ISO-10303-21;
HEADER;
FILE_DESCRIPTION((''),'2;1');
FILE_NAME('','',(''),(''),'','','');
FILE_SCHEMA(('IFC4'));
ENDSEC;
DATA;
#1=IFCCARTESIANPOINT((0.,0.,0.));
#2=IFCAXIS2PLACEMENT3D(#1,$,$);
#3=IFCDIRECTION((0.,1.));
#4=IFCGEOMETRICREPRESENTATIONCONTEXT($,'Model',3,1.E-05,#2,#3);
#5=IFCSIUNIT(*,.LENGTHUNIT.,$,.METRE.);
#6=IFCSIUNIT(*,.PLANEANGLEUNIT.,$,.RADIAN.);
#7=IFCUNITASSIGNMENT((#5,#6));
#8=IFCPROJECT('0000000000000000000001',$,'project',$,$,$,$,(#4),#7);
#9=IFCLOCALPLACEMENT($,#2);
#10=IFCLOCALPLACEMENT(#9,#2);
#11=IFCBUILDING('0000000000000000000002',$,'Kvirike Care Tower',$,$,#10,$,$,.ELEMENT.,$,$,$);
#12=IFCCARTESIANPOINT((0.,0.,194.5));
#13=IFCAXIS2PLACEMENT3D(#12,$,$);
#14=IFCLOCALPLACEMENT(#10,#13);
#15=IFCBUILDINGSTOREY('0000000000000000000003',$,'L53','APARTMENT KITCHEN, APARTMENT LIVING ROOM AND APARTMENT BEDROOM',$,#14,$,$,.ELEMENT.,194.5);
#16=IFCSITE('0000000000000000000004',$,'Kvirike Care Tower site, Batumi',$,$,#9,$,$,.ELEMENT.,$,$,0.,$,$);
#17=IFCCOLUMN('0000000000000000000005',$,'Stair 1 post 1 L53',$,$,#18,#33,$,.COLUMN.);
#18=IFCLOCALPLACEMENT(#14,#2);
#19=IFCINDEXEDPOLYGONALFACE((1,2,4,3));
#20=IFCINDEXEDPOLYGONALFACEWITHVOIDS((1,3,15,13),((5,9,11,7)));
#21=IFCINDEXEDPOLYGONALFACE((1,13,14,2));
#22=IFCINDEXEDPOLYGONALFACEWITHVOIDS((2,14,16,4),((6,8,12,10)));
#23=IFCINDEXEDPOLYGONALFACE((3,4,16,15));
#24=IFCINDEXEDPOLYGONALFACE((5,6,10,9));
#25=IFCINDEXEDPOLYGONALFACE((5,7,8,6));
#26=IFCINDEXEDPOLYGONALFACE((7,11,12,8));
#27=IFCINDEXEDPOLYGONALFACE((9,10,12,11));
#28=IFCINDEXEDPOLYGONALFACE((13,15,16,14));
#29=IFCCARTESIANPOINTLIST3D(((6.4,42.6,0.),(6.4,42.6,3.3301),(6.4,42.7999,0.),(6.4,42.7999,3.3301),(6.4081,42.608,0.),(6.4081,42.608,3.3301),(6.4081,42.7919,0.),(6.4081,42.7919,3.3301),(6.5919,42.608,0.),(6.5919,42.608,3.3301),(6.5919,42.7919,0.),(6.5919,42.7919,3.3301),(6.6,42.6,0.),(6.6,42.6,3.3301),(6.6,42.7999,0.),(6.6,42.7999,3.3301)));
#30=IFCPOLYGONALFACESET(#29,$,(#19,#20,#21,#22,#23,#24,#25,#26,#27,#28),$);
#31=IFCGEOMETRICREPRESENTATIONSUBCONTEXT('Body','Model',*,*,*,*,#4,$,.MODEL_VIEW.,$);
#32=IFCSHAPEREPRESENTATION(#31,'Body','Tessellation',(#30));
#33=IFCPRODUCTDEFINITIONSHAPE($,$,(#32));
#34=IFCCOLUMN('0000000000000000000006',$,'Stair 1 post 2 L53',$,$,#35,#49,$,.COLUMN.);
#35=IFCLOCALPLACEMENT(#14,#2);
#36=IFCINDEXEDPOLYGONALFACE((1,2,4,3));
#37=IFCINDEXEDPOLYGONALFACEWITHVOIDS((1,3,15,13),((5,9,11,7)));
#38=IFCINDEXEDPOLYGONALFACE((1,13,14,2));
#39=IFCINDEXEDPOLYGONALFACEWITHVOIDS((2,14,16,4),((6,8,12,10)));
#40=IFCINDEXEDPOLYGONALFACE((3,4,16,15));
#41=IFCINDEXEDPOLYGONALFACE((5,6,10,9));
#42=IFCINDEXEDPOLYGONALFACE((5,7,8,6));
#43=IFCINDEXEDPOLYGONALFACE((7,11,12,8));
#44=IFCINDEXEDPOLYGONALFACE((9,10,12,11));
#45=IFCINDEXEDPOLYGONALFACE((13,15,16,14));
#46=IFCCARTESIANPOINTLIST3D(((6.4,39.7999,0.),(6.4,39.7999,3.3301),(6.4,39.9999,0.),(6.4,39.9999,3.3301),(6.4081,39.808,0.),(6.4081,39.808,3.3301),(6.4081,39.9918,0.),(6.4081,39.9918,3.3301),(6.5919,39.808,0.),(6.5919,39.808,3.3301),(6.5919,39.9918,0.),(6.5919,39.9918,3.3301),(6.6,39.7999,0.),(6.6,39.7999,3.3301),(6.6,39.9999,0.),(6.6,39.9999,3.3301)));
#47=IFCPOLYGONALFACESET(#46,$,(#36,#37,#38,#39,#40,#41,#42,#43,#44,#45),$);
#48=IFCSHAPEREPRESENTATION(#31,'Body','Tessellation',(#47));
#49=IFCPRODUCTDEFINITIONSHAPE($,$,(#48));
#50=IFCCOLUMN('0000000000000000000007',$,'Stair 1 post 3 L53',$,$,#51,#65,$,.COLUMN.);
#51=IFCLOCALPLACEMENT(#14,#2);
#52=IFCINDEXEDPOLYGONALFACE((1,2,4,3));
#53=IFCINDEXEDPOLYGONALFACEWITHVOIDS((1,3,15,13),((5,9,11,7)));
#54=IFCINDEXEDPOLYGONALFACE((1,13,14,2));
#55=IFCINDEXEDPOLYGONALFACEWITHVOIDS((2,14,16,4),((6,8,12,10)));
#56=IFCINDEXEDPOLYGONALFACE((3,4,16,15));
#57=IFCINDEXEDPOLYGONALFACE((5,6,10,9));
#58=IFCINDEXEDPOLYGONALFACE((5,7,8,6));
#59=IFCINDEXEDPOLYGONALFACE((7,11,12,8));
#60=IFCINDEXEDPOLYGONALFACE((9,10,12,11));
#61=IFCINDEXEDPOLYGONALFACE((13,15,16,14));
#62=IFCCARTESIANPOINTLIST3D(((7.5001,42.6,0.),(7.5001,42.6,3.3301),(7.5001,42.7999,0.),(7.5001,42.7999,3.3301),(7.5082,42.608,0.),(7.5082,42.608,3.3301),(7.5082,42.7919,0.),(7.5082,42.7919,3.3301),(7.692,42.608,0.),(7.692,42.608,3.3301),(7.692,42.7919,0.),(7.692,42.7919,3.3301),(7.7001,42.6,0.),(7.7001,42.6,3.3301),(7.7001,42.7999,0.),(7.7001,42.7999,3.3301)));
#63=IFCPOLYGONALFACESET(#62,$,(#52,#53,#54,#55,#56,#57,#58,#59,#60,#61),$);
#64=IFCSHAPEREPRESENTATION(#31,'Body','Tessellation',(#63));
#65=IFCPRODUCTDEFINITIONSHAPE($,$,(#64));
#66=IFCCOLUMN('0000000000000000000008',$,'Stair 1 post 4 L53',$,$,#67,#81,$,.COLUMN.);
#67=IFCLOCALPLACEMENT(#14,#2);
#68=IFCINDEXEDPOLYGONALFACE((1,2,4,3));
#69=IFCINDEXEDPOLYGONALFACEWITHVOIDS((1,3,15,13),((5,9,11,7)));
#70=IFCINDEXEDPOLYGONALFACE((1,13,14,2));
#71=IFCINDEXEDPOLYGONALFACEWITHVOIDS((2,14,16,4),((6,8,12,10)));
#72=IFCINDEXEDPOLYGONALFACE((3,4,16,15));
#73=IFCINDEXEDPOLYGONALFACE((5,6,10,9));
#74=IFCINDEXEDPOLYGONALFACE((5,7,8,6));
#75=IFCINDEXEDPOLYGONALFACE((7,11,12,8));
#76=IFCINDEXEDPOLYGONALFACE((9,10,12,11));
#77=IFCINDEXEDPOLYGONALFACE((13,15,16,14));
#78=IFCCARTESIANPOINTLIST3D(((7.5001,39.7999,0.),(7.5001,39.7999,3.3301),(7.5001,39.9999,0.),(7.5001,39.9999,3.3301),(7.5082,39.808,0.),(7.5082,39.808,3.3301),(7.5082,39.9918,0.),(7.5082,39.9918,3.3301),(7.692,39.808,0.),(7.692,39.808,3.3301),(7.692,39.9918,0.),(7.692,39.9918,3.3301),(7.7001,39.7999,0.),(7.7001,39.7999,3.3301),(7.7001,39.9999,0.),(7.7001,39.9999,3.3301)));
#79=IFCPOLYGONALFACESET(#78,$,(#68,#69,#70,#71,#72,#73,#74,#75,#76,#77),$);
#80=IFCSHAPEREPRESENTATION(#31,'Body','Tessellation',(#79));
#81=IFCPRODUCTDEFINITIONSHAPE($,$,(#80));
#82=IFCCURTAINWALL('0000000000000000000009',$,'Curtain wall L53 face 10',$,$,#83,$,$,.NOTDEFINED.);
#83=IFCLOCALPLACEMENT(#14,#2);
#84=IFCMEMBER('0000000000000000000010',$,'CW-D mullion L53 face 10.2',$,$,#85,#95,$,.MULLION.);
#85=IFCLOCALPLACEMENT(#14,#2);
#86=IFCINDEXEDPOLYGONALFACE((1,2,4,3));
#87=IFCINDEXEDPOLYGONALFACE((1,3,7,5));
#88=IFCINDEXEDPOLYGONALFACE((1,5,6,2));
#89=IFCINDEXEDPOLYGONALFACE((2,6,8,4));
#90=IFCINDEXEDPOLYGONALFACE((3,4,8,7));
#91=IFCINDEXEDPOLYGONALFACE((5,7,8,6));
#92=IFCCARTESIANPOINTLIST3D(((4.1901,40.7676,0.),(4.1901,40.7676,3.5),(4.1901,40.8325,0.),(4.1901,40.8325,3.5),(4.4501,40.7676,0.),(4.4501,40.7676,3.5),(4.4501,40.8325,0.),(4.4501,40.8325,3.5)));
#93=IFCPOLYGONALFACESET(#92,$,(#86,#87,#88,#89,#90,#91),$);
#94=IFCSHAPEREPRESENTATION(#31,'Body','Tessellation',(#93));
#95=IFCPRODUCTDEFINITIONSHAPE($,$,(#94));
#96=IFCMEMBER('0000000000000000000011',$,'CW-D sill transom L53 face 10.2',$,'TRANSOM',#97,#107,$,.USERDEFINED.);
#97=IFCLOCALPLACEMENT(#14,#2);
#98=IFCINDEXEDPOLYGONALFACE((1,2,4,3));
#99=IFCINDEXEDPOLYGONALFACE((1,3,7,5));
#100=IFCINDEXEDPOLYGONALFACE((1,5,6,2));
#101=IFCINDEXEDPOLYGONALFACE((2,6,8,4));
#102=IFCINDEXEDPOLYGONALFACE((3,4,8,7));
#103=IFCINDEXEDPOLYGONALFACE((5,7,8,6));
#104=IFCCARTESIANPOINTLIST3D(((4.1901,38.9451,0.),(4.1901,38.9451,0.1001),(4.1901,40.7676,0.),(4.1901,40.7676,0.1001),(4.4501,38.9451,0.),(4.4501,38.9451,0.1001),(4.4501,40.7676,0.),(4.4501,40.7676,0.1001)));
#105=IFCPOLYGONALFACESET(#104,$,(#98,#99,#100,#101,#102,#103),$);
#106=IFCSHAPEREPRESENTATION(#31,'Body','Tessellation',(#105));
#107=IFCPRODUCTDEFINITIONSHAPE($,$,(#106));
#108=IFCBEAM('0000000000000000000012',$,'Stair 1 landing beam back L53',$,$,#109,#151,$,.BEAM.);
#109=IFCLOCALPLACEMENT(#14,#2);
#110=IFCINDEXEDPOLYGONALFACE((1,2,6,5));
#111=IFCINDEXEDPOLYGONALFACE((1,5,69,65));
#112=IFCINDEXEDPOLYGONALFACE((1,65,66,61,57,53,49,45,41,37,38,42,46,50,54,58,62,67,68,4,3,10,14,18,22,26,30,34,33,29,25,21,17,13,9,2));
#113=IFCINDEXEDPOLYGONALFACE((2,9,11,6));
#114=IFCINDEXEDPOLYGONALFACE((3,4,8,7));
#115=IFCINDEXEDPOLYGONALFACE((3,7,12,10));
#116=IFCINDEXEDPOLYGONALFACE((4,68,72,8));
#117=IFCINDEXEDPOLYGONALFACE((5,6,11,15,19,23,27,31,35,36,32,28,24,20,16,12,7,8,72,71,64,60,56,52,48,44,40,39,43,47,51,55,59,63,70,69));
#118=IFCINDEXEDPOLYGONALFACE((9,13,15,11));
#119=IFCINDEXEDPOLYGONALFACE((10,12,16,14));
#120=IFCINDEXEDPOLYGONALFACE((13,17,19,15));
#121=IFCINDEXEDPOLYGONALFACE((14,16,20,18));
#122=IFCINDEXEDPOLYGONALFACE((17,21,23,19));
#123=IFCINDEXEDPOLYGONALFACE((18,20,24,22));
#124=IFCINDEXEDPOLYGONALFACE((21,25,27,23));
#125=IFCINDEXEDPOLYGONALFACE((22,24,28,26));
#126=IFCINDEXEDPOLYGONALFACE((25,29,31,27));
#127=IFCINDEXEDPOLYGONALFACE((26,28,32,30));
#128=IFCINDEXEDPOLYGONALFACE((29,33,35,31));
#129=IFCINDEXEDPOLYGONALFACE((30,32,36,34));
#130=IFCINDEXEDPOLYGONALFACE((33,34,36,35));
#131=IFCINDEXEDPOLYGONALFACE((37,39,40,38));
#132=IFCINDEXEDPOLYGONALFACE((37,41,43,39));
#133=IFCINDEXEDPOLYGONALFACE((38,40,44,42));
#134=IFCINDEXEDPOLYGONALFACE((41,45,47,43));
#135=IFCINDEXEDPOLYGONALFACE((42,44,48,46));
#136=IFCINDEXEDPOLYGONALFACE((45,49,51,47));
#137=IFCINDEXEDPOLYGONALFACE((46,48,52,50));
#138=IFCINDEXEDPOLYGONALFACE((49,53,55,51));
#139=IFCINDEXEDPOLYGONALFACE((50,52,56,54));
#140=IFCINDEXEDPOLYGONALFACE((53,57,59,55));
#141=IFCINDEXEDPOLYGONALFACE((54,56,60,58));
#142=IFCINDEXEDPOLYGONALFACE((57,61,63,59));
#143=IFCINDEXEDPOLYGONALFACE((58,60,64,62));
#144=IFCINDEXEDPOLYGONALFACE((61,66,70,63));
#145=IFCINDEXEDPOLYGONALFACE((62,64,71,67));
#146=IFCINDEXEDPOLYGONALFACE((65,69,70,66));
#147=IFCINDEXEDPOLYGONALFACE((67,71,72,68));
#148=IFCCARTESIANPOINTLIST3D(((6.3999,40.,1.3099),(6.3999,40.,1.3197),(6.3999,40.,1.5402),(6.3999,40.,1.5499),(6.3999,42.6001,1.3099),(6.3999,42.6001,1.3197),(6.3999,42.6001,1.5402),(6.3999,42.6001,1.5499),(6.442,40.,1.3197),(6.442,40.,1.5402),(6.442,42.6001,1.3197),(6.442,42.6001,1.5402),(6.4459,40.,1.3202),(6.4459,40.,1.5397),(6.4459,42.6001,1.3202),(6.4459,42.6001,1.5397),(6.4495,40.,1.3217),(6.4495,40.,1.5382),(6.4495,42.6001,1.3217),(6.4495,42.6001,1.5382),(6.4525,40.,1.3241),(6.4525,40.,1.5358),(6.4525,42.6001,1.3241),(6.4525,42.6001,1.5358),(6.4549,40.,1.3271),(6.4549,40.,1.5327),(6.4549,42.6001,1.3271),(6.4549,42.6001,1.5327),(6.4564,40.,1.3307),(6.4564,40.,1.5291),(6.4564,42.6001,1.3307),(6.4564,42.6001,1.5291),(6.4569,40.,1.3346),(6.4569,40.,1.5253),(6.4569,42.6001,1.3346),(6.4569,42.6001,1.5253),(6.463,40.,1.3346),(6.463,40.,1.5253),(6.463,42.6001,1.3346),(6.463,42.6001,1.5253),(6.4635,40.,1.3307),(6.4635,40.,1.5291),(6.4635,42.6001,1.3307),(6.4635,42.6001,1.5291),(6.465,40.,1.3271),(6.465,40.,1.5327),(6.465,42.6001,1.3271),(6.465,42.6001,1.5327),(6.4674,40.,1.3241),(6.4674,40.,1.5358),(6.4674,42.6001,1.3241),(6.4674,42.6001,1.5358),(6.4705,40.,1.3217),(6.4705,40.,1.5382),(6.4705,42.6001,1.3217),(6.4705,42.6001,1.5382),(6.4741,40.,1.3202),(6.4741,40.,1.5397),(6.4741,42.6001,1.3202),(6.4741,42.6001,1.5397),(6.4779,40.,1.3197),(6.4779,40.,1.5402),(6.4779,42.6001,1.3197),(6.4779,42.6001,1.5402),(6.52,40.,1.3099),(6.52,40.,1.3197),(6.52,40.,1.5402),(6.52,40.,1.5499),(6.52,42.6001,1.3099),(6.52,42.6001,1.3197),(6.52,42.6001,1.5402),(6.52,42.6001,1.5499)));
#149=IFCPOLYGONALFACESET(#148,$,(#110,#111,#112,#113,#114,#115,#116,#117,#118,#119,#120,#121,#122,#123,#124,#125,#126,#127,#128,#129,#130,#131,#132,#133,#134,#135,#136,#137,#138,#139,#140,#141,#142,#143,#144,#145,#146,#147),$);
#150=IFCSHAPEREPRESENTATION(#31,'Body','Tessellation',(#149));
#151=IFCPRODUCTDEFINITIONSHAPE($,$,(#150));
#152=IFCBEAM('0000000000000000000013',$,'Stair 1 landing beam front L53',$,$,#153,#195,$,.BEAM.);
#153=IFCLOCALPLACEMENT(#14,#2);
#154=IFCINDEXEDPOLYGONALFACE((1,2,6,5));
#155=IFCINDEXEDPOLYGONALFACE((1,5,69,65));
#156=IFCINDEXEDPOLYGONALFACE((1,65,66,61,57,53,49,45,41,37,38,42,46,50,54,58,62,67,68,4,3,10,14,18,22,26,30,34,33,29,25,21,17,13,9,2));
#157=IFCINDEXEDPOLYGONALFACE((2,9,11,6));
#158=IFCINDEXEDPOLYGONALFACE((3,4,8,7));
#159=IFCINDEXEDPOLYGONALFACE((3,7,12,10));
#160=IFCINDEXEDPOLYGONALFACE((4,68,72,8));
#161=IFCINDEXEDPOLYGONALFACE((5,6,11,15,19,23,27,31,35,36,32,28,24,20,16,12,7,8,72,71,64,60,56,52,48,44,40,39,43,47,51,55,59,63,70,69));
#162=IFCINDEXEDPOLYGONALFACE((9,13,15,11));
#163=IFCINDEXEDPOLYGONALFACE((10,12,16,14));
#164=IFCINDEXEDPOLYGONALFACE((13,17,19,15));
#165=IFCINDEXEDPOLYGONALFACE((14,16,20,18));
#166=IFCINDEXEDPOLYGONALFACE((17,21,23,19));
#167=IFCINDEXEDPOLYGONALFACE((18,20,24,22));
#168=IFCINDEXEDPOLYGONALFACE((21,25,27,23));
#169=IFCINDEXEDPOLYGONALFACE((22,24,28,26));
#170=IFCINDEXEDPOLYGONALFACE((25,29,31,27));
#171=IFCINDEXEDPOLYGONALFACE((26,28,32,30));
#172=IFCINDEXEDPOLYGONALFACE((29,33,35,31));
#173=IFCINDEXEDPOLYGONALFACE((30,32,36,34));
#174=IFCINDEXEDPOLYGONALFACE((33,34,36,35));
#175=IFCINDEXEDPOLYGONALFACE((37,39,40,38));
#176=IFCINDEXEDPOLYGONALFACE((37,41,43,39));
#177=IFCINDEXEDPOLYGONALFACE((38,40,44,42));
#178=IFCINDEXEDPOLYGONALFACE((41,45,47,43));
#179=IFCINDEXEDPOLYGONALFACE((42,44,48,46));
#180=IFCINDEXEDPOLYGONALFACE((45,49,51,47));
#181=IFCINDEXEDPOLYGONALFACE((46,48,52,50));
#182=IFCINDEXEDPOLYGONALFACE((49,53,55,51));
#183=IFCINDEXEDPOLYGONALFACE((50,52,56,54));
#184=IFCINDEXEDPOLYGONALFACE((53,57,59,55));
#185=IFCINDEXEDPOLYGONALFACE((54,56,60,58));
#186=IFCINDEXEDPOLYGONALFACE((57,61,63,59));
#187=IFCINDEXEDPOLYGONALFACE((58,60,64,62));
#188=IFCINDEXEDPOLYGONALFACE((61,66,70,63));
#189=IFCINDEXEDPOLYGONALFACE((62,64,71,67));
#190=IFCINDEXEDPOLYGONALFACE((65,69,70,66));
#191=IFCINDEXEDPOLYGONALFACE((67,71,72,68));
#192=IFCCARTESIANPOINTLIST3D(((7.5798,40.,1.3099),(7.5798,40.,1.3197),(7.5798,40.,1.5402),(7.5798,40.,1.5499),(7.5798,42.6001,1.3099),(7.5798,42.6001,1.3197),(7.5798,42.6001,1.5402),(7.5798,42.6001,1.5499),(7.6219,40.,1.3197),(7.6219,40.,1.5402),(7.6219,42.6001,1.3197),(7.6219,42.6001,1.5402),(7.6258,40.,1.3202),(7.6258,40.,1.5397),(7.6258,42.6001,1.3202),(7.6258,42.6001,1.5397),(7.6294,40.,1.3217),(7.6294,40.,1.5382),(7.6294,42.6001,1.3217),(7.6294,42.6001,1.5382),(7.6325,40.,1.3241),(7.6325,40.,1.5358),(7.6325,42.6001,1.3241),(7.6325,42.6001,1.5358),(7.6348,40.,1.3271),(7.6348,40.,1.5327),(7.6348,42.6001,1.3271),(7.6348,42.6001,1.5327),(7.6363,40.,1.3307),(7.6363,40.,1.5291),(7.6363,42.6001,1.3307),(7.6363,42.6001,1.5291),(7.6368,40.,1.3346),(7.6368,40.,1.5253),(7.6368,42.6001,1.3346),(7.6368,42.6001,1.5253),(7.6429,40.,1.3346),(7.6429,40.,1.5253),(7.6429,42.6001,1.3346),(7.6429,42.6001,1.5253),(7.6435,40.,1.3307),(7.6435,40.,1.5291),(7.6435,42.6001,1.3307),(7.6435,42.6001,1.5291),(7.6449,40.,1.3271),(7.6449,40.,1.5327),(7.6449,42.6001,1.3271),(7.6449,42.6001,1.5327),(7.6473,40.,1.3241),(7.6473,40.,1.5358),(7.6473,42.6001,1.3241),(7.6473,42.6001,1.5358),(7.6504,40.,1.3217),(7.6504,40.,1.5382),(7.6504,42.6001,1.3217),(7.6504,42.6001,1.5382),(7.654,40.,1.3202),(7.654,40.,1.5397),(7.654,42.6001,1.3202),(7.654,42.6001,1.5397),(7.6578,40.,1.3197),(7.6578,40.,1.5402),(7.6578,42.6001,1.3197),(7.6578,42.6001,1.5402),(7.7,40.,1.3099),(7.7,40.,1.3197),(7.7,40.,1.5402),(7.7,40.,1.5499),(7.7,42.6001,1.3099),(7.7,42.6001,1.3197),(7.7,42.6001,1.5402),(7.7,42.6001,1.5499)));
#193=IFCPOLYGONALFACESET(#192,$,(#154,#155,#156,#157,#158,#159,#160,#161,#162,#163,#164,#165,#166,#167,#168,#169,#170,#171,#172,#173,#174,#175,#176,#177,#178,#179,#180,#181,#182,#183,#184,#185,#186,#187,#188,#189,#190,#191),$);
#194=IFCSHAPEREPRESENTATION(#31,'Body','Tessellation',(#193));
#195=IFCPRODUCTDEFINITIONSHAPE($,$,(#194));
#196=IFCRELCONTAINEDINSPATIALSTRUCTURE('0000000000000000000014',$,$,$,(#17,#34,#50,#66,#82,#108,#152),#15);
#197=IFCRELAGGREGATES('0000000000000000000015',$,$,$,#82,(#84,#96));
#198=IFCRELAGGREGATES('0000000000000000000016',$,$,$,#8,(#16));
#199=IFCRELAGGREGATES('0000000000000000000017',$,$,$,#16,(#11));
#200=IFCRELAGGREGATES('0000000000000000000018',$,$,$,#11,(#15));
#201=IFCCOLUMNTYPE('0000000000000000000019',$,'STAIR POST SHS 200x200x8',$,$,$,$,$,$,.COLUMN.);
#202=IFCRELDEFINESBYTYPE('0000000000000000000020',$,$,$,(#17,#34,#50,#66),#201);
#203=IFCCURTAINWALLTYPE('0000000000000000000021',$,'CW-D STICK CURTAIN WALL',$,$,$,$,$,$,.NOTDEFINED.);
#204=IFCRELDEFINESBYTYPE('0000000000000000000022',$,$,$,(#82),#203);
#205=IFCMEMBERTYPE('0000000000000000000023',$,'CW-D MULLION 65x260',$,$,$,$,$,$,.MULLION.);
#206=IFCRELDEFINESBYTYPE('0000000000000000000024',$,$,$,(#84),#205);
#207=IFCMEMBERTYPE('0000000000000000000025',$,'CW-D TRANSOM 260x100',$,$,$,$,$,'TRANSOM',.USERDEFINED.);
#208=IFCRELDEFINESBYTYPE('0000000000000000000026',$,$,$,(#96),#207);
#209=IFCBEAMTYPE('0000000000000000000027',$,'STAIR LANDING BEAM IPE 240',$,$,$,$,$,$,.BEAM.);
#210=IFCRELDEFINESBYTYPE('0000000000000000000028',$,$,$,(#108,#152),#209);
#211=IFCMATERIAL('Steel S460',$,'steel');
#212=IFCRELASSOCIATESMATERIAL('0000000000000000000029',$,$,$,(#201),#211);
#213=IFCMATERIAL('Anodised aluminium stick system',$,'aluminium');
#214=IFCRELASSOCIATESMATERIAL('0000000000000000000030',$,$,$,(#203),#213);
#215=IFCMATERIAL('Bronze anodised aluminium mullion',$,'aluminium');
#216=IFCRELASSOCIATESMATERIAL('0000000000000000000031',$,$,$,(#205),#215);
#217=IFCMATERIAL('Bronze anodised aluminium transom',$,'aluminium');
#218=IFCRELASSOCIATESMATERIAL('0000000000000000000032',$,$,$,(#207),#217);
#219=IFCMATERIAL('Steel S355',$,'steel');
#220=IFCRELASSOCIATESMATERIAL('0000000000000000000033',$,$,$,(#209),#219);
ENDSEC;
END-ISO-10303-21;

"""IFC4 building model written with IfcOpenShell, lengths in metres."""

from ifc_helpers import new_model, si_unit, direction, frame, origin, origin_2d, place, context, subcontext, project, spatial, rectangle, hollow_rectangle, i_section, extrude, material, material_profile, profile_set, type_object, element, aggregate, save


model = new_model("IFC4")

# Units and contexts
model_context = context("Model", 3, precision=1e-05, world=origin(), true_north=direction((0.0, 1.0)))
body_context = subcontext(model_context, "Body", "Model", "MODEL_VIEW")
ifc_project = project(units=[si_unit("LENGTHUNIT", "METRE"), si_unit("PLANEANGLEUNIT", "RADIAN")], contexts=[model_context])

# Site, building, storey
site_placement = place(None, origin())
site = spatial("IfcSite", under=ifc_project, at=site_placement, Name="Kvirike Care Tower site, Batumi", CompositionType="ELEMENT", RefElevation=0.0)
building_placement = place(site_placement, origin())
building = spatial("IfcBuilding", under=site, at=building_placement, Name="Kvirike Care Tower", CompositionType="ELEMENT")
storey_placement = place(building_placement, frame((0.0, 0.0, 194.5)))
storey = spatial("IfcBuildingStorey", under=building, at=storey_placement, Name="L53", Description="APARTMENT KITCHEN, APARTMENT LIVING ROOM AND APARTMENT BEDROOM", CompositionType="ELEMENT", Elevation=194.5)

# Columns
ifc_material_1 = material(Name="Steel S460", Category="steel")
ifc_material_profile_1 = material_profile(ifc_material_1, hollow_rectangle(XDim=0.2, YDim=0.2, WallThickness=0.0081, at=origin_2d()), Name="SHS 200x200x8")
ifc_profile_set_1 = profile_set([ifc_material_profile_1], Name="Steel S460")
column_type = type_object("IfcColumnType", Name="STAIR POST SHS 200x200x8", PredefinedType="COLUMN", material=ifc_profile_set_1)
for number, where, z_axis, x_axis, name in (
    (1, (6.5, 42.7, 0.0), (0.0, 0.0, 1.0), (1.0, 0.0, 0.0), "Stair 1 post 1 L53"),
    (2, (6.5, 39.8999, 0.0), (0.0, 0.0, 1.0), (1.0, 0.0, 0.0), "Stair 1 post 2 L53"),
    (3, (7.6001, 42.7, 0.0), (0.0, 0.0, 1.0), (1.0, 0.0, 0.0), "Stair 1 post 3 L53"),
    (4, (7.6001, 39.8999, 0.0), (0.0, 0.0, 1.0), (1.0, 0.0, 0.0), "Stair 1 post 4 L53"),
):
    element("IfcColumn", number, at=place(storey_placement, frame(where, z_axis=z_axis, x_axis=x_axis)), inside=storey, type_object=column_type, Name=name, PredefinedType="COLUMN", context=body_context, shape_type="SweptSolid", body=[
        extrude(hollow_rectangle(XDim=0.2, YDim=0.2, WallThickness=0.0081, at=origin_2d()), origin(), (0.0, 0.0, 1.0), 3.3301),
    ])

# Curtain wall, members
ifc_material_2 = material(Name="Anodised aluminium stick system", Category="aluminium")
curtain_wall_type = type_object("IfcCurtainWallType", Name="CW-D STICK CURTAIN WALL", PredefinedType="NOTDEFINED", material=ifc_material_2)
curtain_wall_placement = place(storey_placement, origin())
curtain_wall = element("IfcCurtainWall", 5, at=curtain_wall_placement, inside=storey, type_object=curtain_wall_type, Name="Curtain wall L53 face 10", PredefinedType="NOTDEFINED")
ifc_material_3 = material(Name="Bronze anodised aluminium mullion", Category="aluminium")
ifc_material_profile_2 = material_profile(ifc_material_3, rectangle(XDim=0.0649, YDim=0.26, at=origin_2d()), Name="CW-D MULLION 65x260")
ifc_profile_set_2 = profile_set([ifc_material_profile_2], Name="Bronze anodised aluminium mullion")
member_type_1 = type_object("IfcMemberType", Name="CW-D MULLION 65x260", PredefinedType="MULLION", material=ifc_profile_set_2)
member_1_placement = place(storey_placement, frame((4.3201, 40.8, 0.0), z_axis=(0.0, 0.0, 1.0), x_axis=(0.0, -1.0, 0.0)))
member_1 = element("IfcMember", 6, at=member_1_placement, type_object=member_type_1, Name="CW-D mullion L53 face 10.2", PredefinedType="MULLION", context=body_context, shape_type="SweptSolid", body=[
    extrude(rectangle(XDim=0.0649, YDim=0.26, at=origin_2d()), origin(), (0.0, 0.0, 1.0), 3.5),
])
ifc_material_4 = material(Name="Bronze anodised aluminium transom", Category="aluminium")
ifc_material_profile_3 = material_profile(ifc_material_4, rectangle(XDim=0.26, YDim=0.1001, at=origin_2d()), Name="CW-D TRANSOM 260x100")
ifc_profile_set_3 = profile_set([ifc_material_profile_3], Name="Bronze anodised aluminium transom")
member_type_2 = type_object("IfcMemberType", Name="CW-D TRANSOM 260x100", ElementType="TRANSOM", PredefinedType="USERDEFINED", material=ifc_profile_set_3)
member_2_placement = place(storey_placement, frame((4.3201, 40.7676, 0.05), z_axis=(0.0, -1.0, 0.0), x_axis=(1.0, 0.0, 0.0)))
member_2 = element("IfcMember", 7, at=member_2_placement, type_object=member_type_2, Name="CW-D sill transom L53 face 10.2", ObjectType="TRANSOM", PredefinedType="USERDEFINED", context=body_context, shape_type="SweptSolid", body=[
    extrude(rectangle(XDim=0.26, YDim=0.1001, at=origin_2d()), origin(), (0.0, 0.0, 1.0), 1.8225),
])

# Beams
ifc_material_5 = material(Name="Steel S355", Category="steel")
ifc_material_profile_4 = material_profile(ifc_material_5, i_section(OverallWidth=0.1201, OverallDepth=0.24, WebThickness=0.0061, FlangeThickness=0.0098, FilletRadius=0.0149, at=origin_2d()), Name="IPE 240")
ifc_profile_set_4 = profile_set([ifc_material_profile_4], Name="Steel S355")
beam_type_1 = type_object("IfcBeamType", Name="STAIR LANDING BEAM IPE 240", PredefinedType="BEAM", material=ifc_profile_set_4)
for number, where, z_axis, x_axis, name in (
    (8, (6.46, 42.6001, 1.4299), (0.0, -1.0, 0.0), (1.0, 0.0, 0.0), "Stair 1 landing beam back L53"),
    (9, (7.6399, 42.6001, 1.4299), (0.0, -1.0, 0.0), (1.0, 0.0, 0.0), "Stair 1 landing beam front L53"),
):
    element("IfcBeam", number, at=place(storey_placement, frame(where, z_axis=z_axis, x_axis=x_axis)), inside=storey, type_object=beam_type_1, Name=name, PredefinedType="BEAM", context=body_context, shape_type="SweptSolid", body=[
        extrude(i_section(OverallWidth=0.1201, OverallDepth=0.24, WebThickness=0.0061, FlangeThickness=0.0098, FilletRadius=0.0149, at=origin_2d()), origin(), (0.0, 0.0, 1.0), 2.6001),
    ])

aggregate(curtain_wall, [member_1, member_2])

save(model, "model.ifc")
